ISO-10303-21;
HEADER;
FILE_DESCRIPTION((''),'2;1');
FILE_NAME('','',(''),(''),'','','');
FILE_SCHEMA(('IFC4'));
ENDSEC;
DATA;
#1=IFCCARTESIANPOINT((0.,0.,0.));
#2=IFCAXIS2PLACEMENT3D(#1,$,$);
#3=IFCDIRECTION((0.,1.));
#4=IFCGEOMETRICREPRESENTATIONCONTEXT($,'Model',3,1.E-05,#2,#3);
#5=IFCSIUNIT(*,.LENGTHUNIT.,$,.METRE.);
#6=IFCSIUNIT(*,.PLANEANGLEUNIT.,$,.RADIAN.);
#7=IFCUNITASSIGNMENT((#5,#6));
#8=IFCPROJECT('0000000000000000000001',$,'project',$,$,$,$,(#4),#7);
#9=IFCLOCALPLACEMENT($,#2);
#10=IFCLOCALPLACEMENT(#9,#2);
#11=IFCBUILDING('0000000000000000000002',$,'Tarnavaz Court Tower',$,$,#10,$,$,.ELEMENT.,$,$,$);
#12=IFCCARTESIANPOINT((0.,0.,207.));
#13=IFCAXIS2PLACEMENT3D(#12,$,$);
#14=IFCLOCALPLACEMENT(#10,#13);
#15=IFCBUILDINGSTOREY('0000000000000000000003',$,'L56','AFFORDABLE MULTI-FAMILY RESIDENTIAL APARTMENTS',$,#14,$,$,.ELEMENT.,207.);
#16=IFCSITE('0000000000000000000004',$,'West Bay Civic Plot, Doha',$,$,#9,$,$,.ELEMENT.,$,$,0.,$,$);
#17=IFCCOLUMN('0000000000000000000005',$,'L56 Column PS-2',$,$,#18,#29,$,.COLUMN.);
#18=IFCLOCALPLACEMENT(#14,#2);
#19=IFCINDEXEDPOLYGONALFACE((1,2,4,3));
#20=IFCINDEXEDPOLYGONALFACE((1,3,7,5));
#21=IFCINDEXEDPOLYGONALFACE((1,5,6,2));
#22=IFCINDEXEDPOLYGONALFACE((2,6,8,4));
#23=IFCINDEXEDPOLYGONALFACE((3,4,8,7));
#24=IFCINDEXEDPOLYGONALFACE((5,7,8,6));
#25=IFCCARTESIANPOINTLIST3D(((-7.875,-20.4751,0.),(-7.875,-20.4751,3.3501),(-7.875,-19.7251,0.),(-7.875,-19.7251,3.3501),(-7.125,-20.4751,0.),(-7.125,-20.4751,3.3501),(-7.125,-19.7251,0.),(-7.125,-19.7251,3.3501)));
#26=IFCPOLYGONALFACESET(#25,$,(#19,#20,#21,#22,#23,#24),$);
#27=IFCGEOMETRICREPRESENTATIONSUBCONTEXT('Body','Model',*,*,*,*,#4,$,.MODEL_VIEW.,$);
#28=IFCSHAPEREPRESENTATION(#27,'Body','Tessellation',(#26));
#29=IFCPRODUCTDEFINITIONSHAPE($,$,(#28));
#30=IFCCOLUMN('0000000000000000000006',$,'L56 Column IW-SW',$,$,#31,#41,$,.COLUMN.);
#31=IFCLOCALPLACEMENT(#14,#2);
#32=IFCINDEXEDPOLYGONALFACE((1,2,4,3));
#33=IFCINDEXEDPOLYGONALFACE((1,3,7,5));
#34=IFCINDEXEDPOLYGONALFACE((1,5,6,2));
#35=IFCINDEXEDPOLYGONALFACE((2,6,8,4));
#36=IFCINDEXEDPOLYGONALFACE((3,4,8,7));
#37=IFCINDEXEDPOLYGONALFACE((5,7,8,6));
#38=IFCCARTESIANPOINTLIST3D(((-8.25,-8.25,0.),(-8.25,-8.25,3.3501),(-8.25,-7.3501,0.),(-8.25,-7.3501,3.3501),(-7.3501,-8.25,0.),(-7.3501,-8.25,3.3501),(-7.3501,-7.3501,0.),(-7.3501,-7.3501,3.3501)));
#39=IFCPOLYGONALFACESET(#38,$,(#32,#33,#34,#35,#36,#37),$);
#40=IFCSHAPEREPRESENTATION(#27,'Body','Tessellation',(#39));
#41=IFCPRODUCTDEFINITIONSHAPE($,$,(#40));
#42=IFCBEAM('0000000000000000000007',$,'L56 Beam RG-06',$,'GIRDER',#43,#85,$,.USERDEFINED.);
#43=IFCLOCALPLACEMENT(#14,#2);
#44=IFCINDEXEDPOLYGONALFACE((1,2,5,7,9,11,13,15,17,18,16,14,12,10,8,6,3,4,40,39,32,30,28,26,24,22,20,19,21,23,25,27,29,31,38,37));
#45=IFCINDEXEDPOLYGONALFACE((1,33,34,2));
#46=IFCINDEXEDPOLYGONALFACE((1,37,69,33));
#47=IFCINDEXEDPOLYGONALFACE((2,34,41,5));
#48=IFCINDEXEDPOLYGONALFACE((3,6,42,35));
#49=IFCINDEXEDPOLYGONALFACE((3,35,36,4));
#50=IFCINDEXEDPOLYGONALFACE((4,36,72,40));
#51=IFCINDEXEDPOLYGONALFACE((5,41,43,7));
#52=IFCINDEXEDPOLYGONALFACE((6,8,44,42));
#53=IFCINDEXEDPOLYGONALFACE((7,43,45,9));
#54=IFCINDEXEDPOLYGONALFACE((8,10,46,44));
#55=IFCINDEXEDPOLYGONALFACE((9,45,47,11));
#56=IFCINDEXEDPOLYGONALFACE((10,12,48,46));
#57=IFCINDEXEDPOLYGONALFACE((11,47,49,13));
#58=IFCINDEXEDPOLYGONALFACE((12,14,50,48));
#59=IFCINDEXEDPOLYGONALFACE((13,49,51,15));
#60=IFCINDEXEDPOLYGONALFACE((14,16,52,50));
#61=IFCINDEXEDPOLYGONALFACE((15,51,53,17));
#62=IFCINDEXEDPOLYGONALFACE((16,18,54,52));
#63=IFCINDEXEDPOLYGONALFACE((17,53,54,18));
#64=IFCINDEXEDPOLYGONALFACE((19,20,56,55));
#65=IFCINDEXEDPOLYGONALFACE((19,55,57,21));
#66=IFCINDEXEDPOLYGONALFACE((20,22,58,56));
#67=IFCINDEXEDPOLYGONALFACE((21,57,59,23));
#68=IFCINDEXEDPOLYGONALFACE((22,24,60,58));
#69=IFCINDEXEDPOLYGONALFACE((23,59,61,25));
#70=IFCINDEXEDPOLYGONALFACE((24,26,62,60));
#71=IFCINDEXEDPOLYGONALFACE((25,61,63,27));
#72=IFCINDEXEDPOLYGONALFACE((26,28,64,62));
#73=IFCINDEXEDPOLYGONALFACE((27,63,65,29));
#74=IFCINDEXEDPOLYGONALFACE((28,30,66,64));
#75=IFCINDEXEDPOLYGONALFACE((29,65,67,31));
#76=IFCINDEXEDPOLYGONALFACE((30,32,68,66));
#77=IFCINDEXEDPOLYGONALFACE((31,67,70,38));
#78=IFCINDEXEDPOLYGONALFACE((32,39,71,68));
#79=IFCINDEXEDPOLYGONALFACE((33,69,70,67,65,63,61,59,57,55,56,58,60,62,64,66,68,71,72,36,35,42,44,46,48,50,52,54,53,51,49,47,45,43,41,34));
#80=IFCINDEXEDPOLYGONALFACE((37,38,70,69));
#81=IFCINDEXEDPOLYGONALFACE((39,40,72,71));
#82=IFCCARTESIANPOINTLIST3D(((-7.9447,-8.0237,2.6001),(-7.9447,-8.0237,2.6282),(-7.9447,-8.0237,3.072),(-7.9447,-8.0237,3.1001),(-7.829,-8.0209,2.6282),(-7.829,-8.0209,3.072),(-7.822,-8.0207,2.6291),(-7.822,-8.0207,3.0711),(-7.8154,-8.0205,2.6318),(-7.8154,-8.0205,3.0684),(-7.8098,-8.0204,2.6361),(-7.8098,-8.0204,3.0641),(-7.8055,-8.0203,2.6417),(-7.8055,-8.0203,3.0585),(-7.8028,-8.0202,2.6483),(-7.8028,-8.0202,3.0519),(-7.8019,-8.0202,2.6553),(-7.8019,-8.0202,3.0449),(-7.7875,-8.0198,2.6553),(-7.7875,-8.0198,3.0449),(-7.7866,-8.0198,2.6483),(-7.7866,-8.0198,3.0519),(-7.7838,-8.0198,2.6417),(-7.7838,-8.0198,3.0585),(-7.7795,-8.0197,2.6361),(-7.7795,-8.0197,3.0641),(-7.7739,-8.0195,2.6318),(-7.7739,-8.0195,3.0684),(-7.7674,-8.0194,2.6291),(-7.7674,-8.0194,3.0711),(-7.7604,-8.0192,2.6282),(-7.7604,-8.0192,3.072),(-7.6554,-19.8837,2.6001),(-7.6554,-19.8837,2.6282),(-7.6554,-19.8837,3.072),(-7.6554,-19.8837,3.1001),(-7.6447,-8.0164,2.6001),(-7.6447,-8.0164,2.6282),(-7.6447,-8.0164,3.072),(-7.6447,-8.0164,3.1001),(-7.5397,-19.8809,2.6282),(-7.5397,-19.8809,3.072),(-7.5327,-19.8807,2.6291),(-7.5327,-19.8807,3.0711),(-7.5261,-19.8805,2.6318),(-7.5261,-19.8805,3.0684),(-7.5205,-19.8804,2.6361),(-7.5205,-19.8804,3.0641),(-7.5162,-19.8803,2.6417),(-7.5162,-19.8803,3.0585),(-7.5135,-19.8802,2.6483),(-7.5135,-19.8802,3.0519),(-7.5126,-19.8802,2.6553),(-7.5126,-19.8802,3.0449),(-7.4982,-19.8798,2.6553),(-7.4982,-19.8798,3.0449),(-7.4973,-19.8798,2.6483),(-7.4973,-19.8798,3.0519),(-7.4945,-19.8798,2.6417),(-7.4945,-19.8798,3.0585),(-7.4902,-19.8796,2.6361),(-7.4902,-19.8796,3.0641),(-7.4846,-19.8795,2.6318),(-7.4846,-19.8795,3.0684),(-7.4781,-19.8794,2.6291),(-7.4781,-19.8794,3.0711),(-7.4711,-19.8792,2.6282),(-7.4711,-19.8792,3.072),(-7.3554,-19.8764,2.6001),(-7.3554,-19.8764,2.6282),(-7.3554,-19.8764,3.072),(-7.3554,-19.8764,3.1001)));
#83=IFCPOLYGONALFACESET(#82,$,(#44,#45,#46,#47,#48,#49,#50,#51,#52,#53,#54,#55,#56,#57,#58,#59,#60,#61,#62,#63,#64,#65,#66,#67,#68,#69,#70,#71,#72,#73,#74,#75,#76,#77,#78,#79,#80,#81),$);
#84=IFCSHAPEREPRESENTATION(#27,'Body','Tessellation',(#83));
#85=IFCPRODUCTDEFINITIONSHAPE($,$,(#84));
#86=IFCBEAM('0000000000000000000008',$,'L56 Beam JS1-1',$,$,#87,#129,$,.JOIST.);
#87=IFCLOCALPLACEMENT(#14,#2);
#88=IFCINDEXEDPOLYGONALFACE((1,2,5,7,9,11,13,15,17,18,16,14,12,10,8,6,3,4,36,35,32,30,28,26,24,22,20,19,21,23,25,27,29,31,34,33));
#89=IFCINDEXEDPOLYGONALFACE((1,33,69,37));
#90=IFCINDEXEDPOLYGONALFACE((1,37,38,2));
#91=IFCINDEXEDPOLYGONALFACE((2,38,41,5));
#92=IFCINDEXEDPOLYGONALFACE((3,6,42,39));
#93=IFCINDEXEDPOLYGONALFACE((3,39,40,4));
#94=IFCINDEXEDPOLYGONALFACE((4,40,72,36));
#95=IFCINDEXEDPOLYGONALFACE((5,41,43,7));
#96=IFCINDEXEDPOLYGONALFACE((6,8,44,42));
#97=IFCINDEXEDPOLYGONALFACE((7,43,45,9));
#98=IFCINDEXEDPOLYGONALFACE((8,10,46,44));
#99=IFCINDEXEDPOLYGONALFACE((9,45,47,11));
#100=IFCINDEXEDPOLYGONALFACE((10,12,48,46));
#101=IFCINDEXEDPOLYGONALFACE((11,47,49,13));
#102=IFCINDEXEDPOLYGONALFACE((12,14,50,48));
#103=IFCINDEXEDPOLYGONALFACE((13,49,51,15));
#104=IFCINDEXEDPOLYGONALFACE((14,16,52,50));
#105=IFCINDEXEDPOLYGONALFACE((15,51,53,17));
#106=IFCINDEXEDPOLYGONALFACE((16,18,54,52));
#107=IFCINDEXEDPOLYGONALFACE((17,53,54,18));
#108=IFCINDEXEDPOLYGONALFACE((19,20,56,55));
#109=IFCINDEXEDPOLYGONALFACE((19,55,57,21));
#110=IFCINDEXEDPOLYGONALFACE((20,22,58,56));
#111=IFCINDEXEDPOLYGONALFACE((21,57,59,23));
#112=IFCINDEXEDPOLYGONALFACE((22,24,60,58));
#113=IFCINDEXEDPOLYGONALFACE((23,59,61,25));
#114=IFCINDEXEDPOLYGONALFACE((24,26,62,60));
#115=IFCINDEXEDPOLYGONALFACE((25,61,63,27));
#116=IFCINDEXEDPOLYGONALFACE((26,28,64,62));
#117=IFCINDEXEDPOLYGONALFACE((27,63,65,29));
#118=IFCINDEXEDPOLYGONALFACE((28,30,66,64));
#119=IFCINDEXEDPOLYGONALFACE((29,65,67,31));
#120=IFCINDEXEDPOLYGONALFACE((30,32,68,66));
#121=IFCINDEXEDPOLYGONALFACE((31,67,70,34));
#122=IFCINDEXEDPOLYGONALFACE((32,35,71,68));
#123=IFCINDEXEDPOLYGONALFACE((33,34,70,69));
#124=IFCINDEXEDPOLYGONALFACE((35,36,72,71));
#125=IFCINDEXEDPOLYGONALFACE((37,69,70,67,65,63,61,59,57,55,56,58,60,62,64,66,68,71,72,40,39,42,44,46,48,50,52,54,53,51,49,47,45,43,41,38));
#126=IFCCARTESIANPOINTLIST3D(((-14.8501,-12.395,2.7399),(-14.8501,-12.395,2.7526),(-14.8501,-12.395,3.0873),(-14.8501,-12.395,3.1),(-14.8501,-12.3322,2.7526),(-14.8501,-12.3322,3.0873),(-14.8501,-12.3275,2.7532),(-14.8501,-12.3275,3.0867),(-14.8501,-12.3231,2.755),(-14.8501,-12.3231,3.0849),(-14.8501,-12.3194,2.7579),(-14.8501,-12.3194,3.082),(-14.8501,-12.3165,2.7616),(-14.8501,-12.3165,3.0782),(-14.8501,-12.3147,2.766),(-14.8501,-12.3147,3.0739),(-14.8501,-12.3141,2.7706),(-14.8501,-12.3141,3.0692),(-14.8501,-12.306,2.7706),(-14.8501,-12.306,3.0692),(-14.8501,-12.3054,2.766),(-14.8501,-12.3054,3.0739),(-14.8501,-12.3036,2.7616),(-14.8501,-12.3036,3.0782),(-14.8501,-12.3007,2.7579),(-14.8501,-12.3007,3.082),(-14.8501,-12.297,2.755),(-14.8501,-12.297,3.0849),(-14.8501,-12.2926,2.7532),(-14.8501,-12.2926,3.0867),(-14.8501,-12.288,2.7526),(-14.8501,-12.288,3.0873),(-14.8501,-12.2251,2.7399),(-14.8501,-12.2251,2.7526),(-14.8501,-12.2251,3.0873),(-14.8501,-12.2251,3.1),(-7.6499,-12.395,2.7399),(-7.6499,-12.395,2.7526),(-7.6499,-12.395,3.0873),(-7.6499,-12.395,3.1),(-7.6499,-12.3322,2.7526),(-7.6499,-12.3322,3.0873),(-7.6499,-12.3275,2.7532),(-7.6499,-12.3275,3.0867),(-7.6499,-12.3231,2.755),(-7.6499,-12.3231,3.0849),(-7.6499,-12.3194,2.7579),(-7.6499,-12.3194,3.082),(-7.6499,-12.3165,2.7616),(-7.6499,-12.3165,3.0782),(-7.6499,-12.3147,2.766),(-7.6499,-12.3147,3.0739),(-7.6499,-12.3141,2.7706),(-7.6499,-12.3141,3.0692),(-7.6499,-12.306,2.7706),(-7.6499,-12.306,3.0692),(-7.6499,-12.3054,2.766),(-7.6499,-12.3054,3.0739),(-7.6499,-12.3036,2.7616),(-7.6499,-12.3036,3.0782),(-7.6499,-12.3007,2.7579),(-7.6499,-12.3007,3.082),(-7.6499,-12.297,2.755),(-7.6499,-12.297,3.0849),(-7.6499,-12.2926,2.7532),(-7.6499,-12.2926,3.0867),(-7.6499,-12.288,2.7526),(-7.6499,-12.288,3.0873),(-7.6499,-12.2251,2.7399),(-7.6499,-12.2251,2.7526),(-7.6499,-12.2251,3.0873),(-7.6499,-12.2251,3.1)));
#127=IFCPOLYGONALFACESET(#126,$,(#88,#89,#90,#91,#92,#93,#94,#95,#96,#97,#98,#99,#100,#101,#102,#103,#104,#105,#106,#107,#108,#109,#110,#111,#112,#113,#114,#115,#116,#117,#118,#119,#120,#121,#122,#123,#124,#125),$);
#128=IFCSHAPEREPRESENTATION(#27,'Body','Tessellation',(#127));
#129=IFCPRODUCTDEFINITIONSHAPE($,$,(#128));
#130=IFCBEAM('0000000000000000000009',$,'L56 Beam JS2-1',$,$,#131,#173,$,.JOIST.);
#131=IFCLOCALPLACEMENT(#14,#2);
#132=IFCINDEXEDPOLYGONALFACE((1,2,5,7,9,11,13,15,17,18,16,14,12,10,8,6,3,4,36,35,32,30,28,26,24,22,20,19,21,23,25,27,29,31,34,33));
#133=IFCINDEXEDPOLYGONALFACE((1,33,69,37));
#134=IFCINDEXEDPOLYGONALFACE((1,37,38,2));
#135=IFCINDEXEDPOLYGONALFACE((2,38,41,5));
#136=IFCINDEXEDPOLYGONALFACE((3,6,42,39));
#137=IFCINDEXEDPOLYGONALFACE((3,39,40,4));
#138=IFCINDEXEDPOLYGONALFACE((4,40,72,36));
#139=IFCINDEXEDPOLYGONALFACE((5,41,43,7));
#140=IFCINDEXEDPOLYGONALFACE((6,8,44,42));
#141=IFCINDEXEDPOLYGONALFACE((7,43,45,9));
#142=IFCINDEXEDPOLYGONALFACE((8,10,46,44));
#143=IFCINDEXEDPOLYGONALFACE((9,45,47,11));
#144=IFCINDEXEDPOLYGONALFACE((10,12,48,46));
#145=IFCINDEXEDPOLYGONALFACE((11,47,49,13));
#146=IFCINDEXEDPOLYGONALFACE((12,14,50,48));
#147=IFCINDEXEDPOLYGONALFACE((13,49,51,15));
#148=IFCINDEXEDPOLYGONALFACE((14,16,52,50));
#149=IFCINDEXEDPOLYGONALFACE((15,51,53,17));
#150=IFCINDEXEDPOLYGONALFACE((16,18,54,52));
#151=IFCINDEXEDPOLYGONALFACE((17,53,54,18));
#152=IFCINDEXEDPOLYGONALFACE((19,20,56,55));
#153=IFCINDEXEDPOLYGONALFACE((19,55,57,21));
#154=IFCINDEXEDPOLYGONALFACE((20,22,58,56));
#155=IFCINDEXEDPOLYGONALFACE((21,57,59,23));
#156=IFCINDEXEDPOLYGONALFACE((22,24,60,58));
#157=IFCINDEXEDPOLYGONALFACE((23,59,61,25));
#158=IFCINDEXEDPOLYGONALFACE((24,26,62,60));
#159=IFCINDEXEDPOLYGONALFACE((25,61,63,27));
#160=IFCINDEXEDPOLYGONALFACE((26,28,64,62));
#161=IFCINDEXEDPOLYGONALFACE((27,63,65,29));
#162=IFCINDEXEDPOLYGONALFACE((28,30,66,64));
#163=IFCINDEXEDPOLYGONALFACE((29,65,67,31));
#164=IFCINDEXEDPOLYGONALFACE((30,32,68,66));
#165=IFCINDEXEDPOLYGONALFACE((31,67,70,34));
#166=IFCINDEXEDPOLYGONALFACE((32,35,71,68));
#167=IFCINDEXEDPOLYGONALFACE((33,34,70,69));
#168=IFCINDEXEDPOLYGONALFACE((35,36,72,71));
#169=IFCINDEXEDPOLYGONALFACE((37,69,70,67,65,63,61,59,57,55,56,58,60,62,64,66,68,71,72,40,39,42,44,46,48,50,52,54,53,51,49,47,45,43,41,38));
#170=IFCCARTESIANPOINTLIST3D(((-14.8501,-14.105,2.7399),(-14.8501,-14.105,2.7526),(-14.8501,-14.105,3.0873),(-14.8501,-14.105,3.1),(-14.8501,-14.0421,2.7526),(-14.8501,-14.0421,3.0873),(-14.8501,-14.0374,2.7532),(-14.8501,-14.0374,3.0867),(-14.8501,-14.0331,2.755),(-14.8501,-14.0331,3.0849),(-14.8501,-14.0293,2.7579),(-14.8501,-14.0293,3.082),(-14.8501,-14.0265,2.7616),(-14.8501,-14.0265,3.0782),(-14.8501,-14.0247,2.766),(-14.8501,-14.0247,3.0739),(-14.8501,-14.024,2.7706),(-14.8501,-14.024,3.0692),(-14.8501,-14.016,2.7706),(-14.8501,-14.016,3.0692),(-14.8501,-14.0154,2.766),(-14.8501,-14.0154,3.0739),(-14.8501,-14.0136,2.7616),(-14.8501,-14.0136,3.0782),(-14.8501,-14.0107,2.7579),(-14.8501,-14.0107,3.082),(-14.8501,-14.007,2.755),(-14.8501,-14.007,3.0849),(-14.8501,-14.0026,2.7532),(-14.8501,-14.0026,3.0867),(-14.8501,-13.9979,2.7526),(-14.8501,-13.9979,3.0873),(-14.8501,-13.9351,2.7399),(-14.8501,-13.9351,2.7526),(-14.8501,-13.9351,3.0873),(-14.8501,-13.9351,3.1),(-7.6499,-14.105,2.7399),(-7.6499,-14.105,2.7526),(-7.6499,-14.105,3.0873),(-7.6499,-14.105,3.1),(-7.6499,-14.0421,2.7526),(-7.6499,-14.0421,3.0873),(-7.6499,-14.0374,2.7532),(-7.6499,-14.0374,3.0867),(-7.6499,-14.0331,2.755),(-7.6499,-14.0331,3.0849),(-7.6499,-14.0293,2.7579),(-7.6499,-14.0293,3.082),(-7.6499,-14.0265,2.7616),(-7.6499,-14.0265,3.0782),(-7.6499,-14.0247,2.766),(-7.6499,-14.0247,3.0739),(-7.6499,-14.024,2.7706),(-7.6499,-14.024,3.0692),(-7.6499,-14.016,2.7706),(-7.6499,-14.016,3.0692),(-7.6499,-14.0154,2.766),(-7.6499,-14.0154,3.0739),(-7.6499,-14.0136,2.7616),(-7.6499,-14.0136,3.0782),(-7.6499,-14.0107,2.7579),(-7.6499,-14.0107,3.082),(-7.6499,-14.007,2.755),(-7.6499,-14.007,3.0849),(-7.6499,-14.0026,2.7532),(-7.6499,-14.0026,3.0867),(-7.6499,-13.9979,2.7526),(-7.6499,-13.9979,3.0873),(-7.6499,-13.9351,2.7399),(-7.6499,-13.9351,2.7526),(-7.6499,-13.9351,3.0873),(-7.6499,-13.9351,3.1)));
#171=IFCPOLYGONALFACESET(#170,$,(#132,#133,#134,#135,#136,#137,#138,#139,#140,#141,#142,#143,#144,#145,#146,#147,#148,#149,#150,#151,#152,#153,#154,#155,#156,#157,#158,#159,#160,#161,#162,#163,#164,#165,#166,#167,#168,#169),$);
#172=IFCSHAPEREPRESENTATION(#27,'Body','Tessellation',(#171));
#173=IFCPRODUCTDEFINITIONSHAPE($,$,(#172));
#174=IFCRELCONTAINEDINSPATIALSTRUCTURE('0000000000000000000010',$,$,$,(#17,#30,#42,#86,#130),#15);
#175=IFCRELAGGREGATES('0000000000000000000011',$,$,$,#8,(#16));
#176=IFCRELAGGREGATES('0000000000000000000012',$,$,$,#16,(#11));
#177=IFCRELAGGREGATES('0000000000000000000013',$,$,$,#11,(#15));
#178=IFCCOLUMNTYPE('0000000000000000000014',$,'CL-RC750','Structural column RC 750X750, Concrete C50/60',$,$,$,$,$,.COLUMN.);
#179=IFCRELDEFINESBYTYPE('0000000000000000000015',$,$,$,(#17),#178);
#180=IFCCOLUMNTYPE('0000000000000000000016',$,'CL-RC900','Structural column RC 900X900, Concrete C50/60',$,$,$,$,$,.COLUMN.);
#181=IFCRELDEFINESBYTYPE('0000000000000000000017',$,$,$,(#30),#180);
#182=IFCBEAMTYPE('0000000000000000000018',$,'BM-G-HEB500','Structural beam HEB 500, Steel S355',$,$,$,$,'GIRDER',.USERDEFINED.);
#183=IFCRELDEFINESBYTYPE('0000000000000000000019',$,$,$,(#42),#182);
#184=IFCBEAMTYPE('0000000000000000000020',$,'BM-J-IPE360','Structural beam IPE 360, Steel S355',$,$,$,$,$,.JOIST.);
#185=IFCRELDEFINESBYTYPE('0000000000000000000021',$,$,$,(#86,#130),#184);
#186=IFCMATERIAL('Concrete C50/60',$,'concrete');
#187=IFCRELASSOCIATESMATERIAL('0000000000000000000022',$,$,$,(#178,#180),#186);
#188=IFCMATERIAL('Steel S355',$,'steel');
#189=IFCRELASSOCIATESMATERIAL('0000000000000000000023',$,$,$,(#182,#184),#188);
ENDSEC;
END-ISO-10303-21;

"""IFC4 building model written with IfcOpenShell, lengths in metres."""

from ifc_helpers import new_model, si_unit, direction, frame, origin, origin_2d, place, context, subcontext, project, spatial, rectangle, i_section, extrude, material, material_profile, profile_set, type_object, element, save


model = new_model("IFC4")

# Units and contexts
model_context = context("Model", 3, precision=1e-05, world=origin(), true_north=direction((0.0, 1.0)))
body_context = subcontext(model_context, "Body", "Model", "MODEL_VIEW")
ifc_project = project(units=[si_unit("LENGTHUNIT", "METRE"), si_unit("PLANEANGLEUNIT", "RADIAN")], contexts=[model_context])

# Site, building, storey
site_placement = place(None, origin())
site = spatial("IfcSite", under=ifc_project, at=site_placement, Name="West Bay Civic Plot, Doha", CompositionType="ELEMENT", RefElevation=0.0)
building_placement = place(site_placement, origin())
building = spatial("IfcBuilding", under=site, at=building_placement, Name="Tarnavaz Court Tower", CompositionType="ELEMENT")
storey_placement = place(building_placement, frame((0.0, 0.0, 207.0)))
storey = spatial("IfcBuildingStorey", under=building, at=storey_placement, Name="L56", Description="AFFORDABLE MULTI-FAMILY RESIDENTIAL APARTMENTS", CompositionType="ELEMENT", Elevation=207.0)

# Columns
ifc_material_1 = material(Name="Concrete C50/60", Category="concrete")
ifc_material_profile_1 = material_profile(ifc_material_1, rectangle(XDim=0.75, YDim=0.75, at=origin_2d()), Name="RC 750X750")
ifc_profile_set_1 = profile_set([ifc_material_profile_1], Name="Concrete C50/60")
column_type_1 = type_object("IfcColumnType", Name="CL-RC750", Description="Structural column RC 750X750, Concrete C50/60", PredefinedType="COLUMN", material=ifc_profile_set_1)
column_1_placement = place(storey_placement, frame((-7.5, -20.1001, 0.0), z_axis=(0.0, 0.0, 1.0), x_axis=(1.0, 0.0, 0.0)))
element("IfcColumn", 1, at=column_1_placement, inside=storey, type_object=column_type_1, Name="L56 Column PS-2", PredefinedType="COLUMN", context=body_context, shape_type="SweptSolid", body=[
    extrude(rectangle(XDim=0.75, YDim=0.75, at=origin_2d()), origin(), (0.0, 0.0, 1.0), 3.3501),
])
ifc_material_profile_2 = material_profile(ifc_material_1, rectangle(XDim=0.8999, YDim=0.8999, at=origin_2d()), Name="RC 900X900")
ifc_profile_set_2 = profile_set([ifc_material_profile_2], Name="Concrete C50/60")
column_type_2 = type_object("IfcColumnType", Name="CL-RC900", Description="Structural column RC 900X900, Concrete C50/60", PredefinedType="COLUMN", material=ifc_profile_set_2)
column_2_placement = place(storey_placement, frame((-7.8, -7.8, 0.0), z_axis=(0.0, 0.0, 1.0), x_axis=(1.0, 0.0, 0.0)))
element("IfcColumn", 2, at=column_2_placement, inside=storey, type_object=column_type_2, Name="L56 Column IW-SW", PredefinedType="COLUMN", context=body_context, shape_type="SweptSolid", body=[
    extrude(rectangle(XDim=0.8999, YDim=0.8999, at=origin_2d()), origin(), (0.0, 0.0, 1.0), 3.3501),
])

# Beams
ifc_material_2 = material(Name="Steel S355", Category="steel")
ifc_material_profile_3 = material_profile(ifc_material_2, i_section(OverallWidth=0.3, OverallDepth=0.5, WebThickness=0.0144, FlangeThickness=0.0281, FilletRadius=0.0271, at=origin_2d()), Name="HEB 500")
ifc_profile_set_3 = profile_set([ifc_material_profile_3], Name="Steel S355")
beam_type_1 = type_object("IfcBeamType", Name="BM-G-HEB500", Description="Structural beam HEB 500, Steel S355", ElementType="GIRDER", PredefinedType="USERDEFINED", material=ifc_profile_set_3)
beam_1_placement = place(storey_placement, frame((-7.7947, -8.02, 2.8501), z_axis=(0.024386, -0.999703, 0.0), x_axis=(0.999703, 0.024386, 0.0)))
element("IfcBeam", 3, at=beam_1_placement, inside=storey, type_object=beam_type_1, Name="L56 Beam RG-06", ObjectType="GIRDER", PredefinedType="USERDEFINED", context=body_context, shape_type="SweptSolid", body=[
    extrude(i_section(OverallWidth=0.3, OverallDepth=0.5, WebThickness=0.0144, FlangeThickness=0.0281, FilletRadius=0.0271, at=origin_2d()), origin(), (0.0, 0.0, 1.0), 11.8635),
])
ifc_material_profile_4 = material_profile(ifc_material_2, i_section(OverallWidth=0.1699, OverallDepth=0.3601, WebThickness=0.0081, FlangeThickness=0.0127, FilletRadius=0.0181, at=origin_2d()), Name="IPE 360")
ifc_profile_set_4 = profile_set([ifc_material_profile_4], Name="Steel S355")
beam_type_2 = type_object("IfcBeamType", Name="BM-J-IPE360", Description="Structural beam IPE 360, Steel S355", PredefinedType="JOIST", material=ifc_profile_set_4)
for number, where, z_axis, x_axis, name in (
    (4, (-14.8501, -12.3101, 2.9199), (1.0, 0.0, 0.0), (0.0, 1.0, 0.0), "L56 Beam JS1-1"),
    (5, (-14.8501, -14.02, 2.9199), (1.0, 0.0, 0.0), (0.0, 1.0, 0.0), "L56 Beam JS2-1"),
):
    element("IfcBeam", number, at=place(storey_placement, frame(where, z_axis=z_axis, x_axis=x_axis)), inside=storey, type_object=beam_type_2, Name=name, PredefinedType="JOIST", context=body_context, shape_type="SweptSolid", body=[
        extrude(i_section(OverallWidth=0.1699, OverallDepth=0.3601, WebThickness=0.0081, FlangeThickness=0.0127, FilletRadius=0.0181, at=origin_2d()), origin(), (0.0, 0.0, 1.0), 7.2002),
    ])

save(model, "model.ifc")
